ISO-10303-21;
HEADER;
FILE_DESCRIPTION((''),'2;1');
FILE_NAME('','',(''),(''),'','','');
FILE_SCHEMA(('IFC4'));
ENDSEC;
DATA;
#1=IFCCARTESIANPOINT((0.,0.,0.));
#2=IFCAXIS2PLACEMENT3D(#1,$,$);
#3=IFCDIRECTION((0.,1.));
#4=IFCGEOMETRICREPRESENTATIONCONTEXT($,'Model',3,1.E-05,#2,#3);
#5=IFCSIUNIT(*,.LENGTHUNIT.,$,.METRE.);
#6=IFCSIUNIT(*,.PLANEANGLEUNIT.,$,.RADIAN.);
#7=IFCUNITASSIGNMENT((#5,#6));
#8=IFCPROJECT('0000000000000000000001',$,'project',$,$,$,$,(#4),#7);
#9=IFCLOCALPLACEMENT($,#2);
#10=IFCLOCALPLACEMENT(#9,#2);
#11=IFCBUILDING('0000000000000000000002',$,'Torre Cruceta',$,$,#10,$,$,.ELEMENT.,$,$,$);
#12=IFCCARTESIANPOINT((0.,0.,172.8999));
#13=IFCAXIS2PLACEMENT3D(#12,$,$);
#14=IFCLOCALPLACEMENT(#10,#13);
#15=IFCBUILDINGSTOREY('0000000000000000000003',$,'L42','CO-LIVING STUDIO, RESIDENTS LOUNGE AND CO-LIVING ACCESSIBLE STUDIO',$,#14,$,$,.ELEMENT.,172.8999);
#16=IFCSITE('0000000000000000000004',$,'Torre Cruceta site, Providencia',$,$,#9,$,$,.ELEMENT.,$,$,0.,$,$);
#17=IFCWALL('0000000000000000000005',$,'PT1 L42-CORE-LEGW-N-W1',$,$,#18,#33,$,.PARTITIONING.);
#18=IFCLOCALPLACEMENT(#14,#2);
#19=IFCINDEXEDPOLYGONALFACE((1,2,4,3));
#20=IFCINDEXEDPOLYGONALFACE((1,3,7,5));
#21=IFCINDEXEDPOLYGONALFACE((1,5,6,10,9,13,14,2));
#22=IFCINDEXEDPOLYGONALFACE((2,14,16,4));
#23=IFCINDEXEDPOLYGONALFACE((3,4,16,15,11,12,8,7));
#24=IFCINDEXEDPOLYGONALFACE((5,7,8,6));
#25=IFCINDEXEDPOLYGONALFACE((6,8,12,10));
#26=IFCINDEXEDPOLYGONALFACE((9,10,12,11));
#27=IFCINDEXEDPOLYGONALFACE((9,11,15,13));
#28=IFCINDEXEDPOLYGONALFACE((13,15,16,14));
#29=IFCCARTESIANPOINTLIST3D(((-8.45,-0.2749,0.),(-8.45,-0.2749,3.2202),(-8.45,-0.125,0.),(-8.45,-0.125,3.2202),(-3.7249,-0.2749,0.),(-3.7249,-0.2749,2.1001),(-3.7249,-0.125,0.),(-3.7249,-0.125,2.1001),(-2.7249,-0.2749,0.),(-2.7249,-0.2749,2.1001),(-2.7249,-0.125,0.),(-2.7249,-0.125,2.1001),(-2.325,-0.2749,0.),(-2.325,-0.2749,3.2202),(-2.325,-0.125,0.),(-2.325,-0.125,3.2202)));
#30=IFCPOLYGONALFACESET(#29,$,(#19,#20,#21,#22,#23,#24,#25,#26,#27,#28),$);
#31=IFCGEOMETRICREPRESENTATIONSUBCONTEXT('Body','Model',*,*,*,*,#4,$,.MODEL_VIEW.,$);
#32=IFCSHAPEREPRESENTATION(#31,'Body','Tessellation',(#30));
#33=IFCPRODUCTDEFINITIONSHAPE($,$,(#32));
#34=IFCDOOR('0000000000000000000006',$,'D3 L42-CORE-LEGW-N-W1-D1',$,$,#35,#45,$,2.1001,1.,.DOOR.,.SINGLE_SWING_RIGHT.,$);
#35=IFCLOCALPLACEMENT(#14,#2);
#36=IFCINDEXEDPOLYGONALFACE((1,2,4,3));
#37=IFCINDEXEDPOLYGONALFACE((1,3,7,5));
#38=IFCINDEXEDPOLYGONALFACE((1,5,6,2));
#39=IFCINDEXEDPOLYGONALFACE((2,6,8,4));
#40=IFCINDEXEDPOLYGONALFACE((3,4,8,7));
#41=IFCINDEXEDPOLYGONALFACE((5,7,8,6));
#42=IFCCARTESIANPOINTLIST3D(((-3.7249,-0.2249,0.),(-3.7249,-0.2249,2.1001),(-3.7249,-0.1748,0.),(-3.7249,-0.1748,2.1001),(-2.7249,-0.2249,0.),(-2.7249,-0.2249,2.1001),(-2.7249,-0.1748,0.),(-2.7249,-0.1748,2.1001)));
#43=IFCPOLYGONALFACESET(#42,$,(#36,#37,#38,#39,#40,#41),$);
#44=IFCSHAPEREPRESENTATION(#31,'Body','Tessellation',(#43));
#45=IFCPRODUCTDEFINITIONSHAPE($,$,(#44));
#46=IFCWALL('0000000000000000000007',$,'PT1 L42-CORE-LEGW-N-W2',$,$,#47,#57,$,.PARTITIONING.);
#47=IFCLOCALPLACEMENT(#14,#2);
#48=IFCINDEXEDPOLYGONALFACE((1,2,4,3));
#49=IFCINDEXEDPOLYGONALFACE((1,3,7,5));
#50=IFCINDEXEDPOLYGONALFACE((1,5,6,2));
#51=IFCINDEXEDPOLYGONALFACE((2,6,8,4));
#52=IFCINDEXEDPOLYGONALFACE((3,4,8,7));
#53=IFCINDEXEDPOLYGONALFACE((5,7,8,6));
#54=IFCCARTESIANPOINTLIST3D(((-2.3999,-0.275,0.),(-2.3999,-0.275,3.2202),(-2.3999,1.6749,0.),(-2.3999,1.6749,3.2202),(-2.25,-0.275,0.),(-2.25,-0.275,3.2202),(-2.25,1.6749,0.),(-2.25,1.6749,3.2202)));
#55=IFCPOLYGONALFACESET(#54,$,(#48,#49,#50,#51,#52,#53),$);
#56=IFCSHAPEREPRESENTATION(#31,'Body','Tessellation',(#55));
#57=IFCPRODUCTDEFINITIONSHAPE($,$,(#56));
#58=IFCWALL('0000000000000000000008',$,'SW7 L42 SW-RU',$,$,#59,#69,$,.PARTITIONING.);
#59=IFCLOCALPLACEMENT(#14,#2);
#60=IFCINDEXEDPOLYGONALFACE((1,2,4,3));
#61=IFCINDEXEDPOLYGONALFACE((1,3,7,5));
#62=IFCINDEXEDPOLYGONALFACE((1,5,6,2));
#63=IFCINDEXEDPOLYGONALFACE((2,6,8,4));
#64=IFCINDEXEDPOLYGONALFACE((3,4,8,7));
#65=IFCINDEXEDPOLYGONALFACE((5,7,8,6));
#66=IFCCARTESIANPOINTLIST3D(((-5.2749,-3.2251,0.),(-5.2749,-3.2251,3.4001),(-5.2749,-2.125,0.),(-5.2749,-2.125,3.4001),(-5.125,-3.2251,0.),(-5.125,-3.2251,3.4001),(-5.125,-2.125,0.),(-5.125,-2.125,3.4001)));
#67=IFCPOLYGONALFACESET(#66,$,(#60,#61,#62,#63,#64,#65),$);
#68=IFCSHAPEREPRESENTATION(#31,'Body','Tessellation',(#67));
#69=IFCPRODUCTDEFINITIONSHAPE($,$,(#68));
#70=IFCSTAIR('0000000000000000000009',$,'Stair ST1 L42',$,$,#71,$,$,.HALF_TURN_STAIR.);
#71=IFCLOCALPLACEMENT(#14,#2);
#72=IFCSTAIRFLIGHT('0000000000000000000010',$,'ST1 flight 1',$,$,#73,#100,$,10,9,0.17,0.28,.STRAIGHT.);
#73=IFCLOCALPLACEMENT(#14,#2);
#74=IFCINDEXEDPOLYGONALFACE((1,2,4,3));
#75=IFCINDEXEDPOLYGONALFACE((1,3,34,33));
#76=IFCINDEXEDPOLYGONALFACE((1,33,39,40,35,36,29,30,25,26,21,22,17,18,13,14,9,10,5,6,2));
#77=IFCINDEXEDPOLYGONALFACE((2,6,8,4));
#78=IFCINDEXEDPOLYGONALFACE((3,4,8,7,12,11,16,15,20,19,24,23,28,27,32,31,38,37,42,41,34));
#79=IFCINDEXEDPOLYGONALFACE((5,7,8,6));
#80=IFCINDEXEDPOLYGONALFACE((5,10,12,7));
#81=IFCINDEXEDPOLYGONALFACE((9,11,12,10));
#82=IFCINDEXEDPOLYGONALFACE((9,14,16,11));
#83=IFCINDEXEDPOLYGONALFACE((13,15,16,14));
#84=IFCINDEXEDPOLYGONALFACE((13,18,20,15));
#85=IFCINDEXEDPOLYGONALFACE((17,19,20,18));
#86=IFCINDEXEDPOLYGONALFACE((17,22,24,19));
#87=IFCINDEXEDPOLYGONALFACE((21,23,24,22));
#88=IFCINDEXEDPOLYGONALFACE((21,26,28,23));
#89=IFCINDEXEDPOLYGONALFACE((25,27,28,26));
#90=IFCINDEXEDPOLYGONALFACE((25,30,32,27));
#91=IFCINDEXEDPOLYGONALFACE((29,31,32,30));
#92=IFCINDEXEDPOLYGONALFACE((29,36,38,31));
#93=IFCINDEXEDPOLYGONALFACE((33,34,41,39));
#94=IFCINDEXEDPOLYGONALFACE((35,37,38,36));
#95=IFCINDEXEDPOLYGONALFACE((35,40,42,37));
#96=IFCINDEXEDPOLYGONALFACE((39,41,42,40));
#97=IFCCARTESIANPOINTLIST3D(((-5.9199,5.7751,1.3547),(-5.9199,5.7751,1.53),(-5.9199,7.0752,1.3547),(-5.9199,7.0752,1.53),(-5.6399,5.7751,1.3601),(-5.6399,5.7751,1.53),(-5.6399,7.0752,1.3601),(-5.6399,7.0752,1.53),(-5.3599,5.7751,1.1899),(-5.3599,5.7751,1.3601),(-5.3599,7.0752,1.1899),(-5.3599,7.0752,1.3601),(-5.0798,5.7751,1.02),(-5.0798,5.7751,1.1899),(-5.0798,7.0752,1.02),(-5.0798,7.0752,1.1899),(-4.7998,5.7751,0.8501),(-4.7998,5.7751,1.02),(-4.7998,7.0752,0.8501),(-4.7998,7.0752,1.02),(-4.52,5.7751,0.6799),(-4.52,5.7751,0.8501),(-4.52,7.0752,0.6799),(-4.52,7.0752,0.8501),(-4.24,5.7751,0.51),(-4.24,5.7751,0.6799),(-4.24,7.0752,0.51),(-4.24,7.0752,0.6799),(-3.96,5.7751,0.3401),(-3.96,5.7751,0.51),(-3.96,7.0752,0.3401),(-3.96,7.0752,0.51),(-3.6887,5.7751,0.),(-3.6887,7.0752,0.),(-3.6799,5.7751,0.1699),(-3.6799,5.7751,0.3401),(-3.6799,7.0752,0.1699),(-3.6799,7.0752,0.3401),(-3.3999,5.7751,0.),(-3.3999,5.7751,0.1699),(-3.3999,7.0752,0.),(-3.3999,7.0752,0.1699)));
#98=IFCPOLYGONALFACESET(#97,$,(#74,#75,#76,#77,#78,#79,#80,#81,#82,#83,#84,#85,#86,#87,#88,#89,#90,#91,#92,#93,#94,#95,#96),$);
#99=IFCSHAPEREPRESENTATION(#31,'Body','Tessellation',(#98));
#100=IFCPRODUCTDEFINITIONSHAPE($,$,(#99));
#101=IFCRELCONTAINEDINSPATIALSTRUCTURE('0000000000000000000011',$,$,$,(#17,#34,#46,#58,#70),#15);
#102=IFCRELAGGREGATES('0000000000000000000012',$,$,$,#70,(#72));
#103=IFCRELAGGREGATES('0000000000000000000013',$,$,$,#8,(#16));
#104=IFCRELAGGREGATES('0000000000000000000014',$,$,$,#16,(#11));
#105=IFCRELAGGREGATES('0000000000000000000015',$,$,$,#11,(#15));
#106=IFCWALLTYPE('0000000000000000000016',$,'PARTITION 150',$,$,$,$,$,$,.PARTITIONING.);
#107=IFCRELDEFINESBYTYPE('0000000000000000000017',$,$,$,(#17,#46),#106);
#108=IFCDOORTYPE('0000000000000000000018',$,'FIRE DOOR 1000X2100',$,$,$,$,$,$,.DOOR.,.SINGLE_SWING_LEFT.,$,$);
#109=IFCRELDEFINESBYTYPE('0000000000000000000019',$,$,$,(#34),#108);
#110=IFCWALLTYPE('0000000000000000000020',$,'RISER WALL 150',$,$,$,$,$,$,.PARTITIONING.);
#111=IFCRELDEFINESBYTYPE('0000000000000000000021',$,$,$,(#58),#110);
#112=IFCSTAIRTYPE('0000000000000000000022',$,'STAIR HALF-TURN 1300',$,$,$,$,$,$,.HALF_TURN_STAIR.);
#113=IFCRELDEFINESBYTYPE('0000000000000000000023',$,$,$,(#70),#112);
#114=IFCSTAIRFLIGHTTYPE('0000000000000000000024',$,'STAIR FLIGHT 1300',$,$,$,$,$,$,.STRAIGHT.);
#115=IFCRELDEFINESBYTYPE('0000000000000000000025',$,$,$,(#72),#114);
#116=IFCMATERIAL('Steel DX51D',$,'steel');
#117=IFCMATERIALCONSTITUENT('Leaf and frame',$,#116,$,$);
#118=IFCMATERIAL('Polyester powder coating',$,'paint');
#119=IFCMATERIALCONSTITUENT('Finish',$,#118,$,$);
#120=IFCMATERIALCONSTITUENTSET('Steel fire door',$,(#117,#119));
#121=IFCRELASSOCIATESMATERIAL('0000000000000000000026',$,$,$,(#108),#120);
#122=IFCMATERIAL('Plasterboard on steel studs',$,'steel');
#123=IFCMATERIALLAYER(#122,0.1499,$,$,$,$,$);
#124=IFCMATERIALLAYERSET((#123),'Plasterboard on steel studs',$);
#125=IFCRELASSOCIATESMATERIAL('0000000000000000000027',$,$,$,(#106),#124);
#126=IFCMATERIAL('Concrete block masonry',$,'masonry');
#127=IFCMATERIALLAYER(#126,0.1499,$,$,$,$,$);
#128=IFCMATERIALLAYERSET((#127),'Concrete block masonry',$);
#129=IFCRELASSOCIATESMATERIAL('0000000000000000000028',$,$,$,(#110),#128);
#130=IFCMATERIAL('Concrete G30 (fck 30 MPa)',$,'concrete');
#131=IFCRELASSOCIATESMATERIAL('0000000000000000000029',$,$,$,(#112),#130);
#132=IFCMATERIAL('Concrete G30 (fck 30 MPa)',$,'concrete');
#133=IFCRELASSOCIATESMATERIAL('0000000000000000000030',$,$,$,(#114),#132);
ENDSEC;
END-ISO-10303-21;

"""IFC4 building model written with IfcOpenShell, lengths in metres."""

from ifc_helpers import new_model, si_unit, direction, frame, frame_2d, origin, place, context, subcontext, project, spatial, polyline, rectangle, outline, extrude, material, layer, layer_set, constituent, constituent_set, type_object, element, fill, aggregate, save


model = new_model("IFC4")

# Units and contexts
model_context = context("Model", 3, precision=1e-05, world=origin(), true_north=direction((0.0, 1.0)))
body_context = subcontext(model_context, "Body", "Model", "MODEL_VIEW")
ifc_project = project(units=[si_unit("LENGTHUNIT", "METRE"), si_unit("PLANEANGLEUNIT", "RADIAN")], contexts=[model_context])

# Site, building, storey
site_placement = place(None, origin())
site = spatial("IfcSite", under=ifc_project, at=site_placement, Name="Torre Cruceta site, Providencia", CompositionType="ELEMENT", RefElevation=0.0)
building_placement = place(site_placement, origin())
building = spatial("IfcBuilding", under=site, at=building_placement, Name="Torre Cruceta", CompositionType="ELEMENT")
storey_placement = place(building_placement, frame((0.0, 0.0, 172.8999)))
storey = spatial("IfcBuildingStorey", under=building, at=storey_placement, Name="L42", Description="CO-LIVING STUDIO, RESIDENTS LOUNGE AND CO-LIVING ACCESSIBLE STUDIO", CompositionType="ELEMENT", Elevation=172.8999)

# Shared definitions
ifc_material_1 = material(Name="Steel DX51D", Category="steel")
ifc_constituent_1 = constituent(ifc_material_1, Name="Leaf and frame")
ifc_material_2 = material(Name="Polyester powder coating", Category="paint")
ifc_constituent_2 = constituent(ifc_material_2, Name="Finish")
ifc_constituent_set_1 = constituent_set(constituents=[ifc_constituent_1, ifc_constituent_2], Name="Steel fire door")
door_type_1 = type_object("IfcDoorType", Name="FIRE DOOR 1000X2100", OperationType="SINGLE_SWING_LEFT", PredefinedType="DOOR", material=ifc_constituent_set_1)

# Wall, opening, door
ifc_material_3 = material(Name="Plasterboard on steel studs", Category="steel")
ifc_layer_1 = layer(ifc_material_3, 0.1499)
ifc_layer_set_1 = layer_set([ifc_layer_1], Name="Plasterboard on steel studs")
wall_type_1 = type_object("IfcWallType", Name="PARTITION 150", PredefinedType="PARTITIONING", material=ifc_layer_set_1)
wall_1_placement = place(storey_placement, frame((-2.325, -0.2, 0.0), z_axis=(0.0, 0.0, 1.0), x_axis=(-1.0, 0.0, 0.0)))
wall_1 = element("IfcWall", 1, at=wall_1_placement, inside=storey, type_object=wall_type_1, Name="PT1 L42-CORE-LEGW-N-W1", PredefinedType="PARTITIONING", context=body_context, shape_type="SweptSolid", body=[
    extrude(rectangle(XDim=6.125, YDim=0.1499, at=frame_2d((3.0625, 0.0))), origin(), (0.0, 0.0, 1.0), 3.2202),
])
opening_1_placement = place(wall_1_placement, frame((0.3999, 0.0, 0.0)))
opening_1 = element("IfcOpeningElement", 2, at=opening_1_placement, cuts=wall_1, PredefinedType="OPENING", context=body_context, shape_type="SweptSolid", body=[
    extrude(rectangle(XDim=1.0, YDim=2.1001, at=frame_2d((0.5, 1.05))), frame((0.0, 0.085, 0.0), z_axis=(0.0, -1.0, 0.0), x_axis=(1.0, 0.0, 0.0)), (0.0, 0.0, 1.0), 0.1699),
])
door_1_placement = place(opening_1_placement, frame((1.0, 0.0, 0.0), z_axis=(0.0, 0.0, 1.0), x_axis=(-1.0, 0.0, 0.0)))
door_1 = element("IfcDoor", 3, at=door_1_placement, inside=storey, type_object=door_type_1, Name="D3 L42-CORE-LEGW-N-W1-D1", OperationType="SINGLE_SWING_RIGHT", OverallHeight=2.1001, OverallWidth=1.0, PredefinedType="DOOR", context=body_context, shape_type="SweptSolid", body=[
    extrude(rectangle(XDim=1.0, YDim=2.1001, at=frame_2d((0.5, 1.05))), frame((0.0, 0.0251, 0.0), z_axis=(0.0, -1.0, 0.0), x_axis=(1.0, 0.0, 0.0)), (0.0, 0.0, 1.0), 0.05),
])
fill(opening_1, door_1)

# Walls
wall_2_placement = place(storey_placement, frame((-2.325, 1.675, 0.0), z_axis=(0.0, 0.0, 1.0), x_axis=(0.0, -1.0, 0.0)))
element("IfcWall", 4, at=wall_2_placement, inside=storey, type_object=wall_type_1, Name="PT1 L42-CORE-LEGW-N-W2", PredefinedType="PARTITIONING", context=body_context, shape_type="SweptSolid", body=[
    extrude(rectangle(XDim=1.95, YDim=0.1499, at=frame_2d((0.9751, 0.0))), origin(), (0.0, 0.0, 1.0), 3.2202),
])
ifc_material_4 = material(Name="Concrete block masonry", Category="masonry")
ifc_layer_2 = layer(ifc_material_4, 0.1499)
ifc_layer_set_2 = layer_set([ifc_layer_2], Name="Concrete block masonry")
wall_type_2 = type_object("IfcWallType", Name="RISER WALL 150", PredefinedType="PARTITIONING", material=ifc_layer_set_2)
wall_3_placement = place(storey_placement, frame((-5.2, -2.125, 0.0), z_axis=(0.0, 0.0, 1.0), x_axis=(0.0, -1.0, 0.0)))
element("IfcWall", 5, at=wall_3_placement, inside=storey, type_object=wall_type_2, Name="SW7 L42 SW-RU", PredefinedType="PARTITIONING", context=body_context, shape_type="SweptSolid", body=[
    extrude(rectangle(XDim=1.1001, YDim=0.1499, at=frame_2d((0.55, 0.0))), origin(), (0.0, 0.0, 1.0), 3.4001),
])

# Stair, stair flight
ifc_material_5 = material(Name="Concrete G30 (fck 30 MPa)", Category="concrete")
stair_type = type_object("IfcStairType", Name="STAIR HALF-TURN 1300", PredefinedType="HALF_TURN_STAIR", material=ifc_material_5)
stair_placement = place(storey_placement, origin())
stair = element("IfcStair", 6, at=stair_placement, inside=storey, type_object=stair_type, Name="Stair ST1 L42", PredefinedType="HALF_TURN_STAIR")
ifc_material_6 = material(Name="Concrete G30 (fck 30 MPa)", Category="concrete")
stair_flight_type = type_object("IfcStairFlightType", Name="STAIR FLIGHT 1300", PredefinedType="STRAIGHT", material=ifc_material_6)
stair_flight_placement = place(storey_placement, frame((-3.3999, 6.425, 0.0), z_axis=(0.0, 0.0, 1.0), x_axis=(-1.0, 0.0, 0.0)))
stair_flight = element("IfcStairFlight", 7, at=stair_flight_placement, type_object=stair_flight_type, Name="ST1 flight 1", NumberOfRisers=10, NumberOfTreads=9, PredefinedType="STRAIGHT", RiserHeight=0.17, TreadLength=0.28, context=body_context, shape_type="SweptSolid", body=[
    extrude(outline(polyline([(0.0, 0.0), (0.0, 0.1699), (0.28, 0.1699), (0.28, 0.3401), (0.5601, 0.3401), (0.5601, 0.51), (0.8401, 0.51), (0.8401, 0.6799), (1.1201, 0.6799), (1.1201, 0.8501), (1.3999, 0.8501), (1.3999, 1.02), (1.6799, 1.02), (1.6799, 1.1899), (1.96, 1.1899), (1.96, 1.3601), (2.24, 1.3601), (2.24, 1.53), (2.52, 1.53), (2.52, 1.7), (2.52, 1.3547), (0.2888, 0.0), (0.0, 0.0)])), frame((0.0, 0.6499, 0.0), z_axis=(0.0, -1.0, 0.0), x_axis=(1.0, 0.0, 0.0)), (0.0, 0.0, 1.0), 1.3),
])
aggregate(stair, [stair_flight])

save(model, "model.ifc")
